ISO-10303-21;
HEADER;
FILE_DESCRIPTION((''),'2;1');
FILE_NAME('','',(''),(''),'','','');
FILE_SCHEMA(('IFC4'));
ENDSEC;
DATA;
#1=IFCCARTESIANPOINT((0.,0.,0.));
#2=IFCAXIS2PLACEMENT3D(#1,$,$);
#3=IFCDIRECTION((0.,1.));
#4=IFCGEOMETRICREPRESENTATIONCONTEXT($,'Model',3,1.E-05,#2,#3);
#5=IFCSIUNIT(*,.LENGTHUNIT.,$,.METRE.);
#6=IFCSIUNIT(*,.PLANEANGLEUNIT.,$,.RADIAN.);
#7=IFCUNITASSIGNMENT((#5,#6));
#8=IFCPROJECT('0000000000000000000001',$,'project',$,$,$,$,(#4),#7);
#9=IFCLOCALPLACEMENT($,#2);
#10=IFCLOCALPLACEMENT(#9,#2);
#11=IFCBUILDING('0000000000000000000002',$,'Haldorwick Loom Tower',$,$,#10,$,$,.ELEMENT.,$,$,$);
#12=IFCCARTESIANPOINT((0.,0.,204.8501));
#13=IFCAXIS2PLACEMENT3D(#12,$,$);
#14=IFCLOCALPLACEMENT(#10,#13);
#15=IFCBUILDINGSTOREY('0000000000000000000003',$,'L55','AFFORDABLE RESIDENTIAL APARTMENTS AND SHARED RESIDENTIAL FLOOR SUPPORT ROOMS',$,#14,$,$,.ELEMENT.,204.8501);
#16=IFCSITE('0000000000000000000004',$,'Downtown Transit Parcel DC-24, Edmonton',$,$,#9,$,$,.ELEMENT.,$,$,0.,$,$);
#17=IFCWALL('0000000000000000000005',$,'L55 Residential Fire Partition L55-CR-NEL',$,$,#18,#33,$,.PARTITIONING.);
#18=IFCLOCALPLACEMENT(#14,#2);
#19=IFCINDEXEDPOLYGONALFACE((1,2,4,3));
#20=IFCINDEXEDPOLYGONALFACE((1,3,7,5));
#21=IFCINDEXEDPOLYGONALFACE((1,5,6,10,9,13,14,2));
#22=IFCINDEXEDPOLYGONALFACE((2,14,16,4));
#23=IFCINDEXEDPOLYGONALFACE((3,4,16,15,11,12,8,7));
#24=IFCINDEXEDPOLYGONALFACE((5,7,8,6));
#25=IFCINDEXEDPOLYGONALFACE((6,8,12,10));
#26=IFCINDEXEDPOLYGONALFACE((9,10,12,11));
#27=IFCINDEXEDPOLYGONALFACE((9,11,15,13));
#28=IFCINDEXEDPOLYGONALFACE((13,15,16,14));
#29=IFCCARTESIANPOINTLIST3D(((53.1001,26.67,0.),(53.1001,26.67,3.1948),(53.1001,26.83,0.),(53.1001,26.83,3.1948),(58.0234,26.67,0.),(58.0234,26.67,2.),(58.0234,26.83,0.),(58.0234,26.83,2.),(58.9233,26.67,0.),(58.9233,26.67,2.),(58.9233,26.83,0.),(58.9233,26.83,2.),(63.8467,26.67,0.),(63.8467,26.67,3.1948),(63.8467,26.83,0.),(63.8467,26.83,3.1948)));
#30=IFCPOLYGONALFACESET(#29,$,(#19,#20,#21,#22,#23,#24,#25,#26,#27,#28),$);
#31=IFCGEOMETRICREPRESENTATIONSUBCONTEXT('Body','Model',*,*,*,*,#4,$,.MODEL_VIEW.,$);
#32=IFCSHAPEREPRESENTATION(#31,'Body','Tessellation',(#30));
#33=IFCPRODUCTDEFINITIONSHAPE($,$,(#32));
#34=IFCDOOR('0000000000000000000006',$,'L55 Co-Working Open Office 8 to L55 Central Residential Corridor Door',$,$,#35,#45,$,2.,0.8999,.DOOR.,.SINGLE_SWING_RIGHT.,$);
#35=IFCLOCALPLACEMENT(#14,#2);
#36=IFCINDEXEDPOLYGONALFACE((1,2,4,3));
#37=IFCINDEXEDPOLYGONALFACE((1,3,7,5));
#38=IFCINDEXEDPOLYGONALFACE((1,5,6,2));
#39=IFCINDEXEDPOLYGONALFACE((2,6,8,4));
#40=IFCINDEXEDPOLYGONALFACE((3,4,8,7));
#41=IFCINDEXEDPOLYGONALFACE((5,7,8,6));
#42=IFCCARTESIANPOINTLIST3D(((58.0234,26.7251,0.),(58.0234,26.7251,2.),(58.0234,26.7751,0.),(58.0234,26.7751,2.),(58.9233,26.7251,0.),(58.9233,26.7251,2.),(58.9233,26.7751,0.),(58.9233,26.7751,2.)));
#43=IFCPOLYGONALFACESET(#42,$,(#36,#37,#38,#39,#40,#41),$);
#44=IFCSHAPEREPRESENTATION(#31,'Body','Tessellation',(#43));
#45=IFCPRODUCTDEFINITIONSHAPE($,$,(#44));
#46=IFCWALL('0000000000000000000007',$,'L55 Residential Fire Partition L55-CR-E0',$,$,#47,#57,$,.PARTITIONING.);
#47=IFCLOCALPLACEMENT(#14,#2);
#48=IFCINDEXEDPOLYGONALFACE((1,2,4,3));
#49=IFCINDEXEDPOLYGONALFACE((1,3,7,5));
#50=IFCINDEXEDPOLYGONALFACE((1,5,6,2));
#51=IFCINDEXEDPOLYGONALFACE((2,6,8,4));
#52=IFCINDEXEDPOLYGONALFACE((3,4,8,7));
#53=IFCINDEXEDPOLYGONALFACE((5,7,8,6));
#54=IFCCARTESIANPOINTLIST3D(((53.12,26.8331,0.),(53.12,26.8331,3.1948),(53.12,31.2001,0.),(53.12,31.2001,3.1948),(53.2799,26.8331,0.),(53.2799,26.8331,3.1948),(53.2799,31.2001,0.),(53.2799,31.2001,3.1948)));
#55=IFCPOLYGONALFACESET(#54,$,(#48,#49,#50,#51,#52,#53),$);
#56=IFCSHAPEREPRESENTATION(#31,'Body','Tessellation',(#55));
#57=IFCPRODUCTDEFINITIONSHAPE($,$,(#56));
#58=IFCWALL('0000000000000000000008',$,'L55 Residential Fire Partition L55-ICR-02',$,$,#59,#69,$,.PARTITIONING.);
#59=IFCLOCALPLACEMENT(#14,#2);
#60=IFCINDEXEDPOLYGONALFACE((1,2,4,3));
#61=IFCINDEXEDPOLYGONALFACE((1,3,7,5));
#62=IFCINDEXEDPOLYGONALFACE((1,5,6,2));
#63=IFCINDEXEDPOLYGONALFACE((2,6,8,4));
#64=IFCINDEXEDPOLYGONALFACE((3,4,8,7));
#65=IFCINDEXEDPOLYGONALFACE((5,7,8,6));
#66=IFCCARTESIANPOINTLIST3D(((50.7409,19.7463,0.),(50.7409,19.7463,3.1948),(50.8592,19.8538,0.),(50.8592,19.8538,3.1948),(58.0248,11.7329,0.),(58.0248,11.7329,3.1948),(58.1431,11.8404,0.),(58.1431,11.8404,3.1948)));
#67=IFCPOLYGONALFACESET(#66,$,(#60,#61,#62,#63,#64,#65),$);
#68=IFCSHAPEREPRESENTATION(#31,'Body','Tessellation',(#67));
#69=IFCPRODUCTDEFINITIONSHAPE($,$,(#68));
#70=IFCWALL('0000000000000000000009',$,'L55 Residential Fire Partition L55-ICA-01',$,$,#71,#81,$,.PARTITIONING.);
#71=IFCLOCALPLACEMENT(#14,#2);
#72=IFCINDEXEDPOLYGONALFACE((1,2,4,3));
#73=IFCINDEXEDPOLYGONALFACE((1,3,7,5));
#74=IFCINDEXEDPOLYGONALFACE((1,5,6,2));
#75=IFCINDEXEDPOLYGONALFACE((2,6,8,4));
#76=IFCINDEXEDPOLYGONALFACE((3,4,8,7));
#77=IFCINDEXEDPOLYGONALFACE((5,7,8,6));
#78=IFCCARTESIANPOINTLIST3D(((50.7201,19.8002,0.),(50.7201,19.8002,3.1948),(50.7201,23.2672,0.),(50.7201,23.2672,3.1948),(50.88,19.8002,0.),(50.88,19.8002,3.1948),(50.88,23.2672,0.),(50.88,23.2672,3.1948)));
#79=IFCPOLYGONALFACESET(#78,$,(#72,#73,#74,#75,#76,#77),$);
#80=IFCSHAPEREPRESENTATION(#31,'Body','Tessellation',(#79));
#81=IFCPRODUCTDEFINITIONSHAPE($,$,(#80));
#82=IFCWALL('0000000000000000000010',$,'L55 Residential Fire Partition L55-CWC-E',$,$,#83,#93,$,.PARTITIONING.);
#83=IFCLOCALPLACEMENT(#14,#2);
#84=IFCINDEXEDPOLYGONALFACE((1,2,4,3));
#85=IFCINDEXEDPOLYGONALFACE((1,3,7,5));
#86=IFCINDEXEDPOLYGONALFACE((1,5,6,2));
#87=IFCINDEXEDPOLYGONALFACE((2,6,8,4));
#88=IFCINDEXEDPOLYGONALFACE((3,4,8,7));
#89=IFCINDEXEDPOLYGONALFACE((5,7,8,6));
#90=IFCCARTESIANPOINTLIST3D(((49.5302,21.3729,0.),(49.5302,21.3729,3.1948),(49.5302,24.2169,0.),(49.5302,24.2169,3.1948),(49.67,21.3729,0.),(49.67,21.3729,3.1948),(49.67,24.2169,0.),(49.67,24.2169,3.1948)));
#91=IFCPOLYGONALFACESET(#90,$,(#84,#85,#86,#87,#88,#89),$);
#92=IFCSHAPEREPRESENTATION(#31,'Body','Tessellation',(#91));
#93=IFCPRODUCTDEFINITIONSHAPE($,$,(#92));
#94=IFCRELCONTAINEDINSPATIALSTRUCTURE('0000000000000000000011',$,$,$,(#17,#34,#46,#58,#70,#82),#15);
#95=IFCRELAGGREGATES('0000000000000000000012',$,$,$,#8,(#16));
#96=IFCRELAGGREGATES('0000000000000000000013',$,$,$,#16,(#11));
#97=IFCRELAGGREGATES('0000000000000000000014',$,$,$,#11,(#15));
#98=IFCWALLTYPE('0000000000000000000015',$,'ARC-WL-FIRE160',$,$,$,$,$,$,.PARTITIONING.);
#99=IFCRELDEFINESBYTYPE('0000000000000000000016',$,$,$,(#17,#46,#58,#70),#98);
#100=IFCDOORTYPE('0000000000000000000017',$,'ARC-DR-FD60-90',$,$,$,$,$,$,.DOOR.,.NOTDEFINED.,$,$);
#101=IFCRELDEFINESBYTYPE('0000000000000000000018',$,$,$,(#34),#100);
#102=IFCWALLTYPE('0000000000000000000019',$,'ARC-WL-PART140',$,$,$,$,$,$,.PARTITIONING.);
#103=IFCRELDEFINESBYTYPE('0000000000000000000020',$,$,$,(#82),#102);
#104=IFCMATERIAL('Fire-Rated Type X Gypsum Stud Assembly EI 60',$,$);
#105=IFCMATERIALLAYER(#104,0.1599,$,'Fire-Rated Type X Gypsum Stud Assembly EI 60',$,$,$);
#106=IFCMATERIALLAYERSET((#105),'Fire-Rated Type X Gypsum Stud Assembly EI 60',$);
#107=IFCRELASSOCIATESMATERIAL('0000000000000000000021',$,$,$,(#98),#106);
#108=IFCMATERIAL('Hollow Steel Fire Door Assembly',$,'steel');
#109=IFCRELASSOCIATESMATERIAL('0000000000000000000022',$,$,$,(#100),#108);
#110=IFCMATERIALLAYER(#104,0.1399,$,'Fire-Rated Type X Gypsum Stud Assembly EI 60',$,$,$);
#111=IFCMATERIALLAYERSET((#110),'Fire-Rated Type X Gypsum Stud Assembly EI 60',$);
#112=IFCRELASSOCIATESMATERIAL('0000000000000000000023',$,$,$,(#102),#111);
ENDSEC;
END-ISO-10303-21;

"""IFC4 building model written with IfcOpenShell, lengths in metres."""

from ifc_helpers import new_model, si_unit, direction, frame, frame_2d, origin, place, context, subcontext, project, spatial, rectangle, extrude, material, layer, layer_set, type_object, element, fill, save


model = new_model("IFC4")

# Units and contexts
model_context = context("Model", 3, precision=1e-05, world=origin(), true_north=direction((0.0, 1.0)))
body_context = subcontext(model_context, "Body", "Model", "MODEL_VIEW")
ifc_project = project(units=[si_unit("LENGTHUNIT", "METRE"), si_unit("PLANEANGLEUNIT", "RADIAN")], contexts=[model_context])

# Site, building, storey
site_placement = place(None, origin())
site = spatial("IfcSite", under=ifc_project, at=site_placement, Name="Downtown Transit Parcel DC-24, Edmonton", CompositionType="ELEMENT", RefElevation=0.0)
building_placement = place(site_placement, origin())
building = spatial("IfcBuilding", under=site, at=building_placement, Name="Haldorwick Loom Tower", CompositionType="ELEMENT")
storey_placement = place(building_placement, frame((0.0, 0.0, 204.8501)))
storey = spatial("IfcBuildingStorey", under=building, at=storey_placement, Name="L55", Description="AFFORDABLE RESIDENTIAL APARTMENTS AND SHARED RESIDENTIAL FLOOR SUPPORT ROOMS", CompositionType="ELEMENT", Elevation=204.8501)

# Shared definitions
ifc_material_1 = material(Name="Fire-Rated Type X Gypsum Stud Assembly EI 60")
ifc_layer_1 = layer(ifc_material_1, 0.1599, Name="Fire-Rated Type X Gypsum Stud Assembly EI 60")
ifc_layer_set_1 = layer_set([ifc_layer_1], Name="Fire-Rated Type X Gypsum Stud Assembly EI 60")
wall_type_1 = type_object("IfcWallType", Name="ARC-WL-FIRE160", PredefinedType="PARTITIONING", material=ifc_layer_set_1)
ifc_material_2 = material(Name="Hollow Steel Fire Door Assembly", Category="steel")
door_type_1 = type_object("IfcDoorType", Name="ARC-DR-FD60-90", OperationType="NOTDEFINED", PredefinedType="DOOR", material=ifc_material_2)

# Wall, opening, door
wall_1_placement = place(storey_placement, frame((53.1001, 26.75, 0.0), z_axis=(0.0, 0.0, 1.0), x_axis=(1.0, 0.0, 0.0)))
wall_1 = element("IfcWall", 1, at=wall_1_placement, inside=storey, type_object=wall_type_1, Name="L55 Residential Fire Partition L55-CR-NEL", PredefinedType="PARTITIONING", context=body_context, shape_type="SweptSolid", body=[
    extrude(rectangle(XDim=10.7466, YDim=0.1599, at=frame_2d((5.3733, 0.0))), origin(), (0.0, 0.0, 1.0), 3.1948),
])
opening_1_placement = place(wall_1_placement, frame((4.9233, 0.0, 0.0)))
opening_1 = element("IfcOpeningElement", 2, at=opening_1_placement, cuts=wall_1, PredefinedType="OPENING", context=body_context, shape_type="SweptSolid", body=[
    extrude(rectangle(XDim=0.8999, YDim=2.0, at=frame_2d((0.45, 1.0))), frame((0.0, 0.0898, 0.0), z_axis=(0.0, -1.0, 0.0), x_axis=(1.0, 0.0, 0.0)), (0.0, 0.0, 1.0), 0.1799),
])
door_1_placement = place(opening_1_placement, frame((0.8999, 0.0, 0.0), z_axis=(0.0, 0.0, 1.0), x_axis=(-1.0, 0.0, 0.0)))
door_1 = element("IfcDoor", 3, at=door_1_placement, inside=storey, type_object=door_type_1, Name="L55 Co-Working Open Office 8 to L55 Central Residential Corridor Door", OperationType="SINGLE_SWING_RIGHT", OverallHeight=2.0, OverallWidth=0.8999, PredefinedType="DOOR", context=body_context, shape_type="SweptSolid", body=[
    extrude(rectangle(XDim=0.8999, YDim=2.0, at=frame_2d((0.45, 1.0))), frame((0.0, 0.0249, 0.0), z_axis=(0.0, -1.0, 0.0), x_axis=(1.0, 0.0, 0.0)), (0.0, 0.0, 1.0), 0.05),
])
fill(opening_1, door_1)

# Walls
wall_2_placement = place(storey_placement, frame((53.2, 26.833, 0.0), z_axis=(0.0, 0.0, 1.0), x_axis=(0.0, 1.0, 0.0)))
element("IfcWall", 4, at=wall_2_placement, inside=storey, type_object=wall_type_1, Name="L55 Residential Fire Partition L55-CR-E0", PredefinedType="PARTITIONING", context=body_context, shape_type="SweptSolid", body=[
    extrude(rectangle(XDim=4.3669, YDim=0.1599, at=frame_2d((2.1836, 0.0))), origin(), (0.0, 0.0, 1.0), 3.1948),
])
wall_3_placement = place(storey_placement, frame((50.8, 19.8, 0.0), z_axis=(0.0, 0.0, 1.0), x_axis=(0.672622, -0.739986, 0.0)))
element("IfcWall", 5, at=wall_3_placement, inside=storey, type_object=wall_type_1, Name="L55 Residential Fire Partition L55-ICR-02", PredefinedType="PARTITIONING", context=body_context, shape_type="SweptSolid", body=[
    extrude(rectangle(XDim=10.8291, YDim=0.1599, at=frame_2d((5.4146, 0.0))), origin(), (0.0, 0.0, 1.0), 3.1948),
])
wall_4_placement = place(storey_placement, frame((50.8, 23.2671, 0.0), z_axis=(0.0, 0.0, 1.0), x_axis=(0.0, -1.0, 0.0)))
element("IfcWall", 6, at=wall_4_placement, inside=storey, type_object=wall_type_1, Name="L55 Residential Fire Partition L55-ICA-01", PredefinedType="PARTITIONING", context=body_context, shape_type="SweptSolid", body=[
    extrude(rectangle(XDim=3.467, YDim=0.1599, at=frame_2d((1.7334, 0.0))), origin(), (0.0, 0.0, 1.0), 3.1948),
])
ifc_layer_2 = layer(ifc_material_1, 0.1399, Name="Fire-Rated Type X Gypsum Stud Assembly EI 60")
ifc_layer_set_2 = layer_set([ifc_layer_2], Name="Fire-Rated Type X Gypsum Stud Assembly EI 60")
wall_type_2 = type_object("IfcWallType", Name="ARC-WL-PART140", PredefinedType="PARTITIONING", material=ifc_layer_set_2)
wall_5_placement = place(storey_placement, frame((49.6001, 21.373, 0.0), z_axis=(0.0, 0.0, 1.0), x_axis=(0.0, 1.0, 0.0)))
element("IfcWall", 7, at=wall_5_placement, inside=storey, type_object=wall_type_2, Name="L55 Residential Fire Partition L55-CWC-E", PredefinedType="PARTITIONING", context=body_context, shape_type="SweptSolid", body=[
    extrude(rectangle(XDim=2.844, YDim=0.1399, at=frame_2d((1.4219, 0.0))), origin(), (0.0, 0.0, 1.0), 3.1948),
])

save(model, "model.ifc")
